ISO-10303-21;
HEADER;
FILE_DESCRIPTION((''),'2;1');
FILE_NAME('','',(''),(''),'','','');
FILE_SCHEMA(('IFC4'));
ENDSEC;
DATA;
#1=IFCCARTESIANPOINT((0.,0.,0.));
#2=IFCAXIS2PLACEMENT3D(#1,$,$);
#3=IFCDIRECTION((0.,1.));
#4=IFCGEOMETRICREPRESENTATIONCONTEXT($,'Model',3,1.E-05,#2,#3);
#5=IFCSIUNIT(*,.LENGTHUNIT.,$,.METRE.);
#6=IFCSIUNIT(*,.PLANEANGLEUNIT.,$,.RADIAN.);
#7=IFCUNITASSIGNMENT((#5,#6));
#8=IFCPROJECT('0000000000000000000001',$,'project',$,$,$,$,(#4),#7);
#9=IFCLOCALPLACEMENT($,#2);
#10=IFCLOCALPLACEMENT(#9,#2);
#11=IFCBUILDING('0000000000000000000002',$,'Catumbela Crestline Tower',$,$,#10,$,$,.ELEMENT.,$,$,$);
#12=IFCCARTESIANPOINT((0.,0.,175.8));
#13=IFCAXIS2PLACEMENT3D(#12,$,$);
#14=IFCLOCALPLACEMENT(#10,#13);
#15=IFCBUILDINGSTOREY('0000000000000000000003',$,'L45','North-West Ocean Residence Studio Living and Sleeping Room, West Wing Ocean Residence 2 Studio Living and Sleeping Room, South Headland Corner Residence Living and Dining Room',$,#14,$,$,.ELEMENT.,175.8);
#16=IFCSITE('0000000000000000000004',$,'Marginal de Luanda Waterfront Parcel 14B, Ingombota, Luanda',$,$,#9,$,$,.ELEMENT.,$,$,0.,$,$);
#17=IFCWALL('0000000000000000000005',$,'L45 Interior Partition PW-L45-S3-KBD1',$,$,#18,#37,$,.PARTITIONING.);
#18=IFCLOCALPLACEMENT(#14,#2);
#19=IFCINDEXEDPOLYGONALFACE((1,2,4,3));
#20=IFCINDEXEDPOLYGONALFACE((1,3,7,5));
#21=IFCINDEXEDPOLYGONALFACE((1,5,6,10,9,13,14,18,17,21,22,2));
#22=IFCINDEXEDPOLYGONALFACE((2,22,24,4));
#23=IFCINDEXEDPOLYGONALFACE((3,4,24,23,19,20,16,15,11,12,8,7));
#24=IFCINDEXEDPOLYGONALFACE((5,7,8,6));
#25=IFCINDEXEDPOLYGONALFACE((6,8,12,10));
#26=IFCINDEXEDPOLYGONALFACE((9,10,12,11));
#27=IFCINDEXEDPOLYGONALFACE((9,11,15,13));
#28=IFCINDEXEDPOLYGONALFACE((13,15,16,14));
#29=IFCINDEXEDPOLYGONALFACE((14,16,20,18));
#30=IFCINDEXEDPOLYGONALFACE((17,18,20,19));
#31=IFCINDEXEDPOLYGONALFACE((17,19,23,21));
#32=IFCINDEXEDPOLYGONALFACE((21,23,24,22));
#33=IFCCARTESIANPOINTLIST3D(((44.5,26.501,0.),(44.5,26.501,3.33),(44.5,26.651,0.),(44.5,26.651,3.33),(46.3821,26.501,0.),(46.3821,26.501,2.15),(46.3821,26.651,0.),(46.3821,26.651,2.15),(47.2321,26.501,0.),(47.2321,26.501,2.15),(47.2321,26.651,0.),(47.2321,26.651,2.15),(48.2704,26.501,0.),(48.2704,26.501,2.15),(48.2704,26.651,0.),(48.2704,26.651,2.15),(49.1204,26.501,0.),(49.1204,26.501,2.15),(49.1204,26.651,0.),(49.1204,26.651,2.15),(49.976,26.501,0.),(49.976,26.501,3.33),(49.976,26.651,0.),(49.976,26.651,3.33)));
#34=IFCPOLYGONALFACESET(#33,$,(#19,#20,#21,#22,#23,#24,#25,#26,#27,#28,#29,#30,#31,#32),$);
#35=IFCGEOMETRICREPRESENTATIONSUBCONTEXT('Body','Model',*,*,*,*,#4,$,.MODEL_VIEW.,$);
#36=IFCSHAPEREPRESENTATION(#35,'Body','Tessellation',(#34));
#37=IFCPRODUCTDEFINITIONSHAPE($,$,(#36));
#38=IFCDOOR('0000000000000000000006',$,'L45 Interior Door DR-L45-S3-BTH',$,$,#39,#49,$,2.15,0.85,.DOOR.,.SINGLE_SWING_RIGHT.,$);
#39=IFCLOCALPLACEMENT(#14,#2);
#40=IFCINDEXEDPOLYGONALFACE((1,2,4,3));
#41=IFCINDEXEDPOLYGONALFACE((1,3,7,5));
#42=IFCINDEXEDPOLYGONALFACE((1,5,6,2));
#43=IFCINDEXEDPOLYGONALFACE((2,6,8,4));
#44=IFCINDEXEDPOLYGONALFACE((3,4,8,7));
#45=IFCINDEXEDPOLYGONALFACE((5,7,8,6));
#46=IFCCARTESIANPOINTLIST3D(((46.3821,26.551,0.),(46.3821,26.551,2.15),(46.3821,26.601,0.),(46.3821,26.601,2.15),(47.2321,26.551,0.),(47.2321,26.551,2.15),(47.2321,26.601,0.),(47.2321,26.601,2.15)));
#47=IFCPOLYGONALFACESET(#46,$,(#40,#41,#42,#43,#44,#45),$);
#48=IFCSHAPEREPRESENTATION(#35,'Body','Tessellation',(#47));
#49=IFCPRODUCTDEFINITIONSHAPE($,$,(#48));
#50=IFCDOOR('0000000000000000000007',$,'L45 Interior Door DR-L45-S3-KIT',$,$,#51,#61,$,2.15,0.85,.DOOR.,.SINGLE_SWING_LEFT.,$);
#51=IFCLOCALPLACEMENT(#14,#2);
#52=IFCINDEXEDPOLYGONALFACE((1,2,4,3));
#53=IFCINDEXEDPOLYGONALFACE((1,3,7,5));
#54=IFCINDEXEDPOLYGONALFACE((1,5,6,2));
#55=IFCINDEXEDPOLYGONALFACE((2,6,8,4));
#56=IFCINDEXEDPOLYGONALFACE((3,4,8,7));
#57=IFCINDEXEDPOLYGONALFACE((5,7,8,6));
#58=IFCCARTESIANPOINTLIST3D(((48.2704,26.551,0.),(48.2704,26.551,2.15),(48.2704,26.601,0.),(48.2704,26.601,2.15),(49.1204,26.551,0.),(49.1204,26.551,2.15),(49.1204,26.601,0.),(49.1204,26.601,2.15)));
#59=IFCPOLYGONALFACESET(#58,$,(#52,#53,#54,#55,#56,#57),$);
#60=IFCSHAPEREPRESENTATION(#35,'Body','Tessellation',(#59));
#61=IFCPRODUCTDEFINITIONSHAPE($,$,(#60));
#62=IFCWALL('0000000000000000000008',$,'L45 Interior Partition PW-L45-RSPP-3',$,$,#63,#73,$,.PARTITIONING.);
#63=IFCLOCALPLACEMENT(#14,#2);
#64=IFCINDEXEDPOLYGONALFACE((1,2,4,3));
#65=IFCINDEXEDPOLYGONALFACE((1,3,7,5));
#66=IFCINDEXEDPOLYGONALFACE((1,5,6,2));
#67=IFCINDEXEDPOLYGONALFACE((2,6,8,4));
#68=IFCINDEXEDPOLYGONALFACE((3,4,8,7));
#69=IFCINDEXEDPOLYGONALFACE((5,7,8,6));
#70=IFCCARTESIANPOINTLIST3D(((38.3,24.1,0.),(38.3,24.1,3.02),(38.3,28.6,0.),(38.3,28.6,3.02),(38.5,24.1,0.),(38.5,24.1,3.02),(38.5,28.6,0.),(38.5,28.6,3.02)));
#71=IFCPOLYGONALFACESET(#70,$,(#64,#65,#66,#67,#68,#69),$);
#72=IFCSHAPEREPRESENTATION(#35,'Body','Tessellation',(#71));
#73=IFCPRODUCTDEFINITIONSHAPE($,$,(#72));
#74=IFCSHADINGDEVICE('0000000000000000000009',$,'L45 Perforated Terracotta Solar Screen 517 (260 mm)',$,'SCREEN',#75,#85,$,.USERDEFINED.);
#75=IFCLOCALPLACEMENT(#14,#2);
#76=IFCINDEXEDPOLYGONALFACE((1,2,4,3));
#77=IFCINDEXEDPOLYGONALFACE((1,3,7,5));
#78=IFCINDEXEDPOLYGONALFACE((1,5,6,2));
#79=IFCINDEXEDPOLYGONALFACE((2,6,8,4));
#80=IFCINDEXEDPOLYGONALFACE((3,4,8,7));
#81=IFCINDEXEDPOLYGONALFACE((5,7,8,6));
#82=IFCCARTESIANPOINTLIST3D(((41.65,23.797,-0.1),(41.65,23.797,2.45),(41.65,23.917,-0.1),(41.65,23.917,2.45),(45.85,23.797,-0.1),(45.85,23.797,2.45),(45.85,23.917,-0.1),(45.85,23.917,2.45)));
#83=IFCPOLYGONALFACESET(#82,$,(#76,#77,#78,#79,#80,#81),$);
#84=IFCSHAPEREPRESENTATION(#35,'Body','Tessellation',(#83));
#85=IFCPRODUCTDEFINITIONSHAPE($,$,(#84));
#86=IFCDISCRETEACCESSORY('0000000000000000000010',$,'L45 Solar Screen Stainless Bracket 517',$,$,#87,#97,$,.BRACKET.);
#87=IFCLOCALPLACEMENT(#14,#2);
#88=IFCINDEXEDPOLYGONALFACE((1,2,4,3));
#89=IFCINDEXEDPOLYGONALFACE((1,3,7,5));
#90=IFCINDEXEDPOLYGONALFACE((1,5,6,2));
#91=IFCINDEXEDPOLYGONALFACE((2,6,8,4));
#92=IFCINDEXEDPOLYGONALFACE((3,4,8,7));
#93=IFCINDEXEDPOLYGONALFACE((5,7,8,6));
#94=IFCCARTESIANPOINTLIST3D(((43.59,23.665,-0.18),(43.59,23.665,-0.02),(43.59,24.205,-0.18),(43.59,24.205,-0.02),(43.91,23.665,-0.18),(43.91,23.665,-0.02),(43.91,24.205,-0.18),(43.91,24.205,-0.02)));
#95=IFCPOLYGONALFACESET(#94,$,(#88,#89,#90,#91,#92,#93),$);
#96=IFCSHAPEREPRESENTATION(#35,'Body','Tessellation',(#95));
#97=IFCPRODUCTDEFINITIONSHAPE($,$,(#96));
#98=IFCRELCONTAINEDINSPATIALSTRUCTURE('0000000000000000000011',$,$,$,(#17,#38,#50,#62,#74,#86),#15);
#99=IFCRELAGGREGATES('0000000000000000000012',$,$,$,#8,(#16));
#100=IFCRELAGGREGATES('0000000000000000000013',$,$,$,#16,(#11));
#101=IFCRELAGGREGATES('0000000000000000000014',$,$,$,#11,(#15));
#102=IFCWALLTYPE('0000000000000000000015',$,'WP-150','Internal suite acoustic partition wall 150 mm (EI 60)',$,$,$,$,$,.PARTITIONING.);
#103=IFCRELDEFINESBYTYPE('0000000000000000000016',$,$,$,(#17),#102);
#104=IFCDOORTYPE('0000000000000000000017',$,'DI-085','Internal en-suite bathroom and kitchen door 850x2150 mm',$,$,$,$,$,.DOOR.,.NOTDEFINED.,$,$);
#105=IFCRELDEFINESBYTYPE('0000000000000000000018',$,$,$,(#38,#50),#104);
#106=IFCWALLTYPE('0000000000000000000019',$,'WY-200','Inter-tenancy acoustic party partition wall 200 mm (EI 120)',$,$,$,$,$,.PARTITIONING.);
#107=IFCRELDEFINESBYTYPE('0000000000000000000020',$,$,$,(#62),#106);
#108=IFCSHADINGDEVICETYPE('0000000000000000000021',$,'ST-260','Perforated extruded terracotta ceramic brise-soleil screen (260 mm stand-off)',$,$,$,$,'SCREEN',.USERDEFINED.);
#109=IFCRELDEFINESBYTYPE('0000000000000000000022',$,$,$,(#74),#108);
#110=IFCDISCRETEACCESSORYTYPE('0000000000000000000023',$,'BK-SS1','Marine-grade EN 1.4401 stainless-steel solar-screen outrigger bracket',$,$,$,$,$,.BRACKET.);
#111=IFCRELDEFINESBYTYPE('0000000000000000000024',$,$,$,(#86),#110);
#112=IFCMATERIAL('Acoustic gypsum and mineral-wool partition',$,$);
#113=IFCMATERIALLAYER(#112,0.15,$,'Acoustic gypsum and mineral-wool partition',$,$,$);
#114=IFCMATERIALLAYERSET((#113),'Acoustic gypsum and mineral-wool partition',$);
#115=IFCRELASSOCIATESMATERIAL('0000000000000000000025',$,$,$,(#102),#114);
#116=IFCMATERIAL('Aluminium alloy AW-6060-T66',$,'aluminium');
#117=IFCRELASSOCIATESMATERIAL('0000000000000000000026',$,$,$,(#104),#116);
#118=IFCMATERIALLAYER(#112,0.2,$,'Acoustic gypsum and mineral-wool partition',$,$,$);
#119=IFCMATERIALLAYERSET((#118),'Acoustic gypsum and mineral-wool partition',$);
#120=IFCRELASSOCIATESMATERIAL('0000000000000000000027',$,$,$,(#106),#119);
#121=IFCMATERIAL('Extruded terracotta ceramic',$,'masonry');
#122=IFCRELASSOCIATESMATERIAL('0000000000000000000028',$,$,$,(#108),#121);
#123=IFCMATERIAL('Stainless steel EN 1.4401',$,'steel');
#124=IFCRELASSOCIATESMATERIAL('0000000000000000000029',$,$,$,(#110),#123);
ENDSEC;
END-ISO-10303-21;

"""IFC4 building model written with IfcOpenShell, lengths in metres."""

from ifc_helpers import new_model, si_unit, direction, frame, frame_2d, origin, origin_2d, place, context, subcontext, project, spatial, rectangle, extrude, material, layer, layer_set, type_object, element, fill, save


model = new_model("IFC4")

# Units and contexts
model_context = context("Model", 3, precision=1e-05, world=origin(), true_north=direction((0.0, 1.0)))
body_context = subcontext(model_context, "Body", "Model", "MODEL_VIEW")
ifc_project = project(units=[si_unit("LENGTHUNIT", "METRE"), si_unit("PLANEANGLEUNIT", "RADIAN")], contexts=[model_context])

# Site, building, storey
site_placement = place(None, origin())
site = spatial("IfcSite", under=ifc_project, at=site_placement, Name="Marginal de Luanda Waterfront Parcel 14B, Ingombota, Luanda", CompositionType="ELEMENT", RefElevation=0.0)
building_placement = place(site_placement, origin())
building = spatial("IfcBuilding", under=site, at=building_placement, Name="Catumbela Crestline Tower", CompositionType="ELEMENT")
storey_placement = place(building_placement, frame((0.0, 0.0, 175.8)))
storey = spatial("IfcBuildingStorey", under=building, at=storey_placement, Name="L45", Description="North-West Ocean Residence Studio Living and Sleeping Room, West Wing Ocean Residence 2 Studio Living and Sleeping Room, South Headland Corner Residence Living and Dining Room", CompositionType="ELEMENT", Elevation=175.8)

# Shared definitions
ifc_material_1 = material(Name="Aluminium alloy AW-6060-T66", Category="aluminium")

# Shared definitions
ifc_material_2 = material(Name="Acoustic gypsum and mineral-wool partition")
ifc_layer_1 = layer(ifc_material_2, 0.15, Name="Acoustic gypsum and mineral-wool partition")
ifc_layer_set_1 = layer_set([ifc_layer_1], Name="Acoustic gypsum and mineral-wool partition")
wall_type_1 = type_object("IfcWallType", Name="WP-150", Description="Internal suite acoustic partition wall 150 mm (EI 60)", PredefinedType="PARTITIONING", material=ifc_layer_set_1)

# Wall, openings, doors
wall_1_placement = place(storey_placement, frame((44.5, 26.576, 0.0), z_axis=(0.0, 0.0, 1.0), x_axis=(1.0, 0.0, 0.0)))
wall_1 = element("IfcWall", 1, at=wall_1_placement, inside=storey, type_object=wall_type_1, Name="L45 Interior Partition PW-L45-S3-KBD1", PredefinedType="PARTITIONING", context=body_context, shape_type="SweptSolid", body=[
    extrude(rectangle(XDim=5.476, YDim=0.15, at=frame_2d((2.738, 0.0))), origin(), (0.0, 0.0, 1.0), 3.33),
])
opening_1_placement = place(wall_1_placement, frame((1.8821, 0.0, 0.0)))
opening_1 = element("IfcOpeningElement", 2, at=opening_1_placement, cuts=wall_1, PredefinedType="OPENING", context=body_context, shape_type="SweptSolid", body=[
    extrude(rectangle(XDim=0.85, YDim=2.15, at=frame_2d((0.425, 1.075))), frame((0.0, 0.085, 0.0), z_axis=(0.0, -1.0, 0.0), x_axis=(1.0, 0.0, 0.0)), (0.0, 0.0, 1.0), 0.17),
])
opening_2_placement = place(wall_1_placement, frame((3.7704, 0.0, 0.0)))
opening_2 = element("IfcOpeningElement", 3, at=opening_2_placement, cuts=wall_1, PredefinedType="OPENING", context=body_context, shape_type="SweptSolid", body=[
    extrude(rectangle(XDim=0.85, YDim=2.15, at=frame_2d((0.425, 1.075))), frame((0.0, 0.085, 0.0), z_axis=(0.0, -1.0, 0.0), x_axis=(1.0, 0.0, 0.0)), (0.0, 0.0, 1.0), 0.17),
])
door_type = type_object("IfcDoorType", Name="DI-085", Description="Internal en-suite bathroom and kitchen door 850x2150 mm", OperationType="NOTDEFINED", PredefinedType="DOOR", material=ifc_material_1)
door_1_placement = place(opening_1_placement, origin())
door_1 = element("IfcDoor", 4, at=door_1_placement, inside=storey, type_object=door_type, Name="L45 Interior Door DR-L45-S3-BTH", OperationType="SINGLE_SWING_RIGHT", OverallHeight=2.15, OverallWidth=0.85, PredefinedType="DOOR", context=body_context, shape_type="SweptSolid", body=[
    extrude(rectangle(XDim=0.85, YDim=2.15, at=frame_2d((0.425, 1.075))), frame((0.0, 0.025, 0.0), z_axis=(0.0, -1.0, 0.0), x_axis=(1.0, 0.0, 0.0)), (0.0, 0.0, 1.0), 0.05),
])
fill(opening_1, door_1)
door_2_placement = place(opening_2_placement, origin())
door_2 = element("IfcDoor", 5, at=door_2_placement, inside=storey, type_object=door_type, Name="L45 Interior Door DR-L45-S3-KIT", OperationType="SINGLE_SWING_LEFT", OverallHeight=2.15, OverallWidth=0.85, PredefinedType="DOOR", context=body_context, shape_type="SweptSolid", body=[
    extrude(rectangle(XDim=0.85, YDim=2.15, at=frame_2d((0.425, 1.075))), frame((0.0, 0.025, 0.0), z_axis=(0.0, -1.0, 0.0), x_axis=(1.0, 0.0, 0.0)), (0.0, 0.0, 1.0), 0.05),
])
fill(opening_2, door_2)

# Wall
ifc_layer_2 = layer(ifc_material_2, 0.2, Name="Acoustic gypsum and mineral-wool partition")
ifc_layer_set_2 = layer_set([ifc_layer_2], Name="Acoustic gypsum and mineral-wool partition")
wall_type_2 = type_object("IfcWallType", Name="WY-200", Description="Inter-tenancy acoustic party partition wall 200 mm (EI 120)", PredefinedType="PARTITIONING", material=ifc_layer_set_2)
wall_2_placement = place(storey_placement, frame((38.4, 24.1, 0.0), z_axis=(0.0, 0.0, 1.0), x_axis=(0.0, 1.0, 0.0)))
element("IfcWall", 6, at=wall_2_placement, inside=storey, type_object=wall_type_2, Name="L45 Interior Partition PW-L45-RSPP-3", PredefinedType="PARTITIONING", context=body_context, shape_type="SweptSolid", body=[
    extrude(rectangle(XDim=4.5, YDim=0.2, at=frame_2d((2.25, 0.0))), origin(), (0.0, 0.0, 1.0), 3.02),
])

# Shading device
ifc_material_3 = material(Name="Extruded terracotta ceramic", Category="masonry")
shading_device_type = type_object("IfcShadingDeviceType", Name="ST-260", Description="Perforated extruded terracotta ceramic brise-soleil screen (260 mm stand-off)", ElementType="SCREEN", PredefinedType="USERDEFINED", material=ifc_material_3)
shading_device_placement = place(storey_placement, frame((43.75, 23.857, -0.1), z_axis=(0.0, 0.0, 1.0), x_axis=(1.0, 0.0, 0.0)))
element("IfcShadingDevice", 7, at=shading_device_placement, inside=storey, type_object=shading_device_type, Name="L45 Perforated Terracotta Solar Screen 517 (260 mm)", ObjectType="SCREEN", PredefinedType="USERDEFINED", context=body_context, shape_type="SweptSolid", body=[
    extrude(rectangle(XDim=4.2, YDim=0.12, at=origin_2d()), origin(), (0.0, 0.0, 1.0), 2.55),
])

# Discrete accessory
ifc_material_4 = material(Name="Stainless steel EN 1.4401", Category="steel")
discrete_accessory_type = type_object("IfcDiscreteAccessoryType", Name="BK-SS1", Description="Marine-grade EN 1.4401 stainless-steel solar-screen outrigger bracket", PredefinedType="BRACKET", material=ifc_material_4)
discrete_accessory_placement = place(storey_placement, frame((43.75, 23.935, -0.18), z_axis=(0.0, 0.0, 1.0), x_axis=(1.0, 0.0, 0.0)))
element("IfcDiscreteAccessory", 8, at=discrete_accessory_placement, inside=storey, type_object=discrete_accessory_type, Name="L45 Solar Screen Stainless Bracket 517", PredefinedType="BRACKET", context=body_context, shape_type="SweptSolid", body=[
    extrude(rectangle(XDim=0.32, YDim=0.54, at=origin_2d()), origin(), (0.0, 0.0, 1.0), 0.16),
])

save(model, "model.ifc")
